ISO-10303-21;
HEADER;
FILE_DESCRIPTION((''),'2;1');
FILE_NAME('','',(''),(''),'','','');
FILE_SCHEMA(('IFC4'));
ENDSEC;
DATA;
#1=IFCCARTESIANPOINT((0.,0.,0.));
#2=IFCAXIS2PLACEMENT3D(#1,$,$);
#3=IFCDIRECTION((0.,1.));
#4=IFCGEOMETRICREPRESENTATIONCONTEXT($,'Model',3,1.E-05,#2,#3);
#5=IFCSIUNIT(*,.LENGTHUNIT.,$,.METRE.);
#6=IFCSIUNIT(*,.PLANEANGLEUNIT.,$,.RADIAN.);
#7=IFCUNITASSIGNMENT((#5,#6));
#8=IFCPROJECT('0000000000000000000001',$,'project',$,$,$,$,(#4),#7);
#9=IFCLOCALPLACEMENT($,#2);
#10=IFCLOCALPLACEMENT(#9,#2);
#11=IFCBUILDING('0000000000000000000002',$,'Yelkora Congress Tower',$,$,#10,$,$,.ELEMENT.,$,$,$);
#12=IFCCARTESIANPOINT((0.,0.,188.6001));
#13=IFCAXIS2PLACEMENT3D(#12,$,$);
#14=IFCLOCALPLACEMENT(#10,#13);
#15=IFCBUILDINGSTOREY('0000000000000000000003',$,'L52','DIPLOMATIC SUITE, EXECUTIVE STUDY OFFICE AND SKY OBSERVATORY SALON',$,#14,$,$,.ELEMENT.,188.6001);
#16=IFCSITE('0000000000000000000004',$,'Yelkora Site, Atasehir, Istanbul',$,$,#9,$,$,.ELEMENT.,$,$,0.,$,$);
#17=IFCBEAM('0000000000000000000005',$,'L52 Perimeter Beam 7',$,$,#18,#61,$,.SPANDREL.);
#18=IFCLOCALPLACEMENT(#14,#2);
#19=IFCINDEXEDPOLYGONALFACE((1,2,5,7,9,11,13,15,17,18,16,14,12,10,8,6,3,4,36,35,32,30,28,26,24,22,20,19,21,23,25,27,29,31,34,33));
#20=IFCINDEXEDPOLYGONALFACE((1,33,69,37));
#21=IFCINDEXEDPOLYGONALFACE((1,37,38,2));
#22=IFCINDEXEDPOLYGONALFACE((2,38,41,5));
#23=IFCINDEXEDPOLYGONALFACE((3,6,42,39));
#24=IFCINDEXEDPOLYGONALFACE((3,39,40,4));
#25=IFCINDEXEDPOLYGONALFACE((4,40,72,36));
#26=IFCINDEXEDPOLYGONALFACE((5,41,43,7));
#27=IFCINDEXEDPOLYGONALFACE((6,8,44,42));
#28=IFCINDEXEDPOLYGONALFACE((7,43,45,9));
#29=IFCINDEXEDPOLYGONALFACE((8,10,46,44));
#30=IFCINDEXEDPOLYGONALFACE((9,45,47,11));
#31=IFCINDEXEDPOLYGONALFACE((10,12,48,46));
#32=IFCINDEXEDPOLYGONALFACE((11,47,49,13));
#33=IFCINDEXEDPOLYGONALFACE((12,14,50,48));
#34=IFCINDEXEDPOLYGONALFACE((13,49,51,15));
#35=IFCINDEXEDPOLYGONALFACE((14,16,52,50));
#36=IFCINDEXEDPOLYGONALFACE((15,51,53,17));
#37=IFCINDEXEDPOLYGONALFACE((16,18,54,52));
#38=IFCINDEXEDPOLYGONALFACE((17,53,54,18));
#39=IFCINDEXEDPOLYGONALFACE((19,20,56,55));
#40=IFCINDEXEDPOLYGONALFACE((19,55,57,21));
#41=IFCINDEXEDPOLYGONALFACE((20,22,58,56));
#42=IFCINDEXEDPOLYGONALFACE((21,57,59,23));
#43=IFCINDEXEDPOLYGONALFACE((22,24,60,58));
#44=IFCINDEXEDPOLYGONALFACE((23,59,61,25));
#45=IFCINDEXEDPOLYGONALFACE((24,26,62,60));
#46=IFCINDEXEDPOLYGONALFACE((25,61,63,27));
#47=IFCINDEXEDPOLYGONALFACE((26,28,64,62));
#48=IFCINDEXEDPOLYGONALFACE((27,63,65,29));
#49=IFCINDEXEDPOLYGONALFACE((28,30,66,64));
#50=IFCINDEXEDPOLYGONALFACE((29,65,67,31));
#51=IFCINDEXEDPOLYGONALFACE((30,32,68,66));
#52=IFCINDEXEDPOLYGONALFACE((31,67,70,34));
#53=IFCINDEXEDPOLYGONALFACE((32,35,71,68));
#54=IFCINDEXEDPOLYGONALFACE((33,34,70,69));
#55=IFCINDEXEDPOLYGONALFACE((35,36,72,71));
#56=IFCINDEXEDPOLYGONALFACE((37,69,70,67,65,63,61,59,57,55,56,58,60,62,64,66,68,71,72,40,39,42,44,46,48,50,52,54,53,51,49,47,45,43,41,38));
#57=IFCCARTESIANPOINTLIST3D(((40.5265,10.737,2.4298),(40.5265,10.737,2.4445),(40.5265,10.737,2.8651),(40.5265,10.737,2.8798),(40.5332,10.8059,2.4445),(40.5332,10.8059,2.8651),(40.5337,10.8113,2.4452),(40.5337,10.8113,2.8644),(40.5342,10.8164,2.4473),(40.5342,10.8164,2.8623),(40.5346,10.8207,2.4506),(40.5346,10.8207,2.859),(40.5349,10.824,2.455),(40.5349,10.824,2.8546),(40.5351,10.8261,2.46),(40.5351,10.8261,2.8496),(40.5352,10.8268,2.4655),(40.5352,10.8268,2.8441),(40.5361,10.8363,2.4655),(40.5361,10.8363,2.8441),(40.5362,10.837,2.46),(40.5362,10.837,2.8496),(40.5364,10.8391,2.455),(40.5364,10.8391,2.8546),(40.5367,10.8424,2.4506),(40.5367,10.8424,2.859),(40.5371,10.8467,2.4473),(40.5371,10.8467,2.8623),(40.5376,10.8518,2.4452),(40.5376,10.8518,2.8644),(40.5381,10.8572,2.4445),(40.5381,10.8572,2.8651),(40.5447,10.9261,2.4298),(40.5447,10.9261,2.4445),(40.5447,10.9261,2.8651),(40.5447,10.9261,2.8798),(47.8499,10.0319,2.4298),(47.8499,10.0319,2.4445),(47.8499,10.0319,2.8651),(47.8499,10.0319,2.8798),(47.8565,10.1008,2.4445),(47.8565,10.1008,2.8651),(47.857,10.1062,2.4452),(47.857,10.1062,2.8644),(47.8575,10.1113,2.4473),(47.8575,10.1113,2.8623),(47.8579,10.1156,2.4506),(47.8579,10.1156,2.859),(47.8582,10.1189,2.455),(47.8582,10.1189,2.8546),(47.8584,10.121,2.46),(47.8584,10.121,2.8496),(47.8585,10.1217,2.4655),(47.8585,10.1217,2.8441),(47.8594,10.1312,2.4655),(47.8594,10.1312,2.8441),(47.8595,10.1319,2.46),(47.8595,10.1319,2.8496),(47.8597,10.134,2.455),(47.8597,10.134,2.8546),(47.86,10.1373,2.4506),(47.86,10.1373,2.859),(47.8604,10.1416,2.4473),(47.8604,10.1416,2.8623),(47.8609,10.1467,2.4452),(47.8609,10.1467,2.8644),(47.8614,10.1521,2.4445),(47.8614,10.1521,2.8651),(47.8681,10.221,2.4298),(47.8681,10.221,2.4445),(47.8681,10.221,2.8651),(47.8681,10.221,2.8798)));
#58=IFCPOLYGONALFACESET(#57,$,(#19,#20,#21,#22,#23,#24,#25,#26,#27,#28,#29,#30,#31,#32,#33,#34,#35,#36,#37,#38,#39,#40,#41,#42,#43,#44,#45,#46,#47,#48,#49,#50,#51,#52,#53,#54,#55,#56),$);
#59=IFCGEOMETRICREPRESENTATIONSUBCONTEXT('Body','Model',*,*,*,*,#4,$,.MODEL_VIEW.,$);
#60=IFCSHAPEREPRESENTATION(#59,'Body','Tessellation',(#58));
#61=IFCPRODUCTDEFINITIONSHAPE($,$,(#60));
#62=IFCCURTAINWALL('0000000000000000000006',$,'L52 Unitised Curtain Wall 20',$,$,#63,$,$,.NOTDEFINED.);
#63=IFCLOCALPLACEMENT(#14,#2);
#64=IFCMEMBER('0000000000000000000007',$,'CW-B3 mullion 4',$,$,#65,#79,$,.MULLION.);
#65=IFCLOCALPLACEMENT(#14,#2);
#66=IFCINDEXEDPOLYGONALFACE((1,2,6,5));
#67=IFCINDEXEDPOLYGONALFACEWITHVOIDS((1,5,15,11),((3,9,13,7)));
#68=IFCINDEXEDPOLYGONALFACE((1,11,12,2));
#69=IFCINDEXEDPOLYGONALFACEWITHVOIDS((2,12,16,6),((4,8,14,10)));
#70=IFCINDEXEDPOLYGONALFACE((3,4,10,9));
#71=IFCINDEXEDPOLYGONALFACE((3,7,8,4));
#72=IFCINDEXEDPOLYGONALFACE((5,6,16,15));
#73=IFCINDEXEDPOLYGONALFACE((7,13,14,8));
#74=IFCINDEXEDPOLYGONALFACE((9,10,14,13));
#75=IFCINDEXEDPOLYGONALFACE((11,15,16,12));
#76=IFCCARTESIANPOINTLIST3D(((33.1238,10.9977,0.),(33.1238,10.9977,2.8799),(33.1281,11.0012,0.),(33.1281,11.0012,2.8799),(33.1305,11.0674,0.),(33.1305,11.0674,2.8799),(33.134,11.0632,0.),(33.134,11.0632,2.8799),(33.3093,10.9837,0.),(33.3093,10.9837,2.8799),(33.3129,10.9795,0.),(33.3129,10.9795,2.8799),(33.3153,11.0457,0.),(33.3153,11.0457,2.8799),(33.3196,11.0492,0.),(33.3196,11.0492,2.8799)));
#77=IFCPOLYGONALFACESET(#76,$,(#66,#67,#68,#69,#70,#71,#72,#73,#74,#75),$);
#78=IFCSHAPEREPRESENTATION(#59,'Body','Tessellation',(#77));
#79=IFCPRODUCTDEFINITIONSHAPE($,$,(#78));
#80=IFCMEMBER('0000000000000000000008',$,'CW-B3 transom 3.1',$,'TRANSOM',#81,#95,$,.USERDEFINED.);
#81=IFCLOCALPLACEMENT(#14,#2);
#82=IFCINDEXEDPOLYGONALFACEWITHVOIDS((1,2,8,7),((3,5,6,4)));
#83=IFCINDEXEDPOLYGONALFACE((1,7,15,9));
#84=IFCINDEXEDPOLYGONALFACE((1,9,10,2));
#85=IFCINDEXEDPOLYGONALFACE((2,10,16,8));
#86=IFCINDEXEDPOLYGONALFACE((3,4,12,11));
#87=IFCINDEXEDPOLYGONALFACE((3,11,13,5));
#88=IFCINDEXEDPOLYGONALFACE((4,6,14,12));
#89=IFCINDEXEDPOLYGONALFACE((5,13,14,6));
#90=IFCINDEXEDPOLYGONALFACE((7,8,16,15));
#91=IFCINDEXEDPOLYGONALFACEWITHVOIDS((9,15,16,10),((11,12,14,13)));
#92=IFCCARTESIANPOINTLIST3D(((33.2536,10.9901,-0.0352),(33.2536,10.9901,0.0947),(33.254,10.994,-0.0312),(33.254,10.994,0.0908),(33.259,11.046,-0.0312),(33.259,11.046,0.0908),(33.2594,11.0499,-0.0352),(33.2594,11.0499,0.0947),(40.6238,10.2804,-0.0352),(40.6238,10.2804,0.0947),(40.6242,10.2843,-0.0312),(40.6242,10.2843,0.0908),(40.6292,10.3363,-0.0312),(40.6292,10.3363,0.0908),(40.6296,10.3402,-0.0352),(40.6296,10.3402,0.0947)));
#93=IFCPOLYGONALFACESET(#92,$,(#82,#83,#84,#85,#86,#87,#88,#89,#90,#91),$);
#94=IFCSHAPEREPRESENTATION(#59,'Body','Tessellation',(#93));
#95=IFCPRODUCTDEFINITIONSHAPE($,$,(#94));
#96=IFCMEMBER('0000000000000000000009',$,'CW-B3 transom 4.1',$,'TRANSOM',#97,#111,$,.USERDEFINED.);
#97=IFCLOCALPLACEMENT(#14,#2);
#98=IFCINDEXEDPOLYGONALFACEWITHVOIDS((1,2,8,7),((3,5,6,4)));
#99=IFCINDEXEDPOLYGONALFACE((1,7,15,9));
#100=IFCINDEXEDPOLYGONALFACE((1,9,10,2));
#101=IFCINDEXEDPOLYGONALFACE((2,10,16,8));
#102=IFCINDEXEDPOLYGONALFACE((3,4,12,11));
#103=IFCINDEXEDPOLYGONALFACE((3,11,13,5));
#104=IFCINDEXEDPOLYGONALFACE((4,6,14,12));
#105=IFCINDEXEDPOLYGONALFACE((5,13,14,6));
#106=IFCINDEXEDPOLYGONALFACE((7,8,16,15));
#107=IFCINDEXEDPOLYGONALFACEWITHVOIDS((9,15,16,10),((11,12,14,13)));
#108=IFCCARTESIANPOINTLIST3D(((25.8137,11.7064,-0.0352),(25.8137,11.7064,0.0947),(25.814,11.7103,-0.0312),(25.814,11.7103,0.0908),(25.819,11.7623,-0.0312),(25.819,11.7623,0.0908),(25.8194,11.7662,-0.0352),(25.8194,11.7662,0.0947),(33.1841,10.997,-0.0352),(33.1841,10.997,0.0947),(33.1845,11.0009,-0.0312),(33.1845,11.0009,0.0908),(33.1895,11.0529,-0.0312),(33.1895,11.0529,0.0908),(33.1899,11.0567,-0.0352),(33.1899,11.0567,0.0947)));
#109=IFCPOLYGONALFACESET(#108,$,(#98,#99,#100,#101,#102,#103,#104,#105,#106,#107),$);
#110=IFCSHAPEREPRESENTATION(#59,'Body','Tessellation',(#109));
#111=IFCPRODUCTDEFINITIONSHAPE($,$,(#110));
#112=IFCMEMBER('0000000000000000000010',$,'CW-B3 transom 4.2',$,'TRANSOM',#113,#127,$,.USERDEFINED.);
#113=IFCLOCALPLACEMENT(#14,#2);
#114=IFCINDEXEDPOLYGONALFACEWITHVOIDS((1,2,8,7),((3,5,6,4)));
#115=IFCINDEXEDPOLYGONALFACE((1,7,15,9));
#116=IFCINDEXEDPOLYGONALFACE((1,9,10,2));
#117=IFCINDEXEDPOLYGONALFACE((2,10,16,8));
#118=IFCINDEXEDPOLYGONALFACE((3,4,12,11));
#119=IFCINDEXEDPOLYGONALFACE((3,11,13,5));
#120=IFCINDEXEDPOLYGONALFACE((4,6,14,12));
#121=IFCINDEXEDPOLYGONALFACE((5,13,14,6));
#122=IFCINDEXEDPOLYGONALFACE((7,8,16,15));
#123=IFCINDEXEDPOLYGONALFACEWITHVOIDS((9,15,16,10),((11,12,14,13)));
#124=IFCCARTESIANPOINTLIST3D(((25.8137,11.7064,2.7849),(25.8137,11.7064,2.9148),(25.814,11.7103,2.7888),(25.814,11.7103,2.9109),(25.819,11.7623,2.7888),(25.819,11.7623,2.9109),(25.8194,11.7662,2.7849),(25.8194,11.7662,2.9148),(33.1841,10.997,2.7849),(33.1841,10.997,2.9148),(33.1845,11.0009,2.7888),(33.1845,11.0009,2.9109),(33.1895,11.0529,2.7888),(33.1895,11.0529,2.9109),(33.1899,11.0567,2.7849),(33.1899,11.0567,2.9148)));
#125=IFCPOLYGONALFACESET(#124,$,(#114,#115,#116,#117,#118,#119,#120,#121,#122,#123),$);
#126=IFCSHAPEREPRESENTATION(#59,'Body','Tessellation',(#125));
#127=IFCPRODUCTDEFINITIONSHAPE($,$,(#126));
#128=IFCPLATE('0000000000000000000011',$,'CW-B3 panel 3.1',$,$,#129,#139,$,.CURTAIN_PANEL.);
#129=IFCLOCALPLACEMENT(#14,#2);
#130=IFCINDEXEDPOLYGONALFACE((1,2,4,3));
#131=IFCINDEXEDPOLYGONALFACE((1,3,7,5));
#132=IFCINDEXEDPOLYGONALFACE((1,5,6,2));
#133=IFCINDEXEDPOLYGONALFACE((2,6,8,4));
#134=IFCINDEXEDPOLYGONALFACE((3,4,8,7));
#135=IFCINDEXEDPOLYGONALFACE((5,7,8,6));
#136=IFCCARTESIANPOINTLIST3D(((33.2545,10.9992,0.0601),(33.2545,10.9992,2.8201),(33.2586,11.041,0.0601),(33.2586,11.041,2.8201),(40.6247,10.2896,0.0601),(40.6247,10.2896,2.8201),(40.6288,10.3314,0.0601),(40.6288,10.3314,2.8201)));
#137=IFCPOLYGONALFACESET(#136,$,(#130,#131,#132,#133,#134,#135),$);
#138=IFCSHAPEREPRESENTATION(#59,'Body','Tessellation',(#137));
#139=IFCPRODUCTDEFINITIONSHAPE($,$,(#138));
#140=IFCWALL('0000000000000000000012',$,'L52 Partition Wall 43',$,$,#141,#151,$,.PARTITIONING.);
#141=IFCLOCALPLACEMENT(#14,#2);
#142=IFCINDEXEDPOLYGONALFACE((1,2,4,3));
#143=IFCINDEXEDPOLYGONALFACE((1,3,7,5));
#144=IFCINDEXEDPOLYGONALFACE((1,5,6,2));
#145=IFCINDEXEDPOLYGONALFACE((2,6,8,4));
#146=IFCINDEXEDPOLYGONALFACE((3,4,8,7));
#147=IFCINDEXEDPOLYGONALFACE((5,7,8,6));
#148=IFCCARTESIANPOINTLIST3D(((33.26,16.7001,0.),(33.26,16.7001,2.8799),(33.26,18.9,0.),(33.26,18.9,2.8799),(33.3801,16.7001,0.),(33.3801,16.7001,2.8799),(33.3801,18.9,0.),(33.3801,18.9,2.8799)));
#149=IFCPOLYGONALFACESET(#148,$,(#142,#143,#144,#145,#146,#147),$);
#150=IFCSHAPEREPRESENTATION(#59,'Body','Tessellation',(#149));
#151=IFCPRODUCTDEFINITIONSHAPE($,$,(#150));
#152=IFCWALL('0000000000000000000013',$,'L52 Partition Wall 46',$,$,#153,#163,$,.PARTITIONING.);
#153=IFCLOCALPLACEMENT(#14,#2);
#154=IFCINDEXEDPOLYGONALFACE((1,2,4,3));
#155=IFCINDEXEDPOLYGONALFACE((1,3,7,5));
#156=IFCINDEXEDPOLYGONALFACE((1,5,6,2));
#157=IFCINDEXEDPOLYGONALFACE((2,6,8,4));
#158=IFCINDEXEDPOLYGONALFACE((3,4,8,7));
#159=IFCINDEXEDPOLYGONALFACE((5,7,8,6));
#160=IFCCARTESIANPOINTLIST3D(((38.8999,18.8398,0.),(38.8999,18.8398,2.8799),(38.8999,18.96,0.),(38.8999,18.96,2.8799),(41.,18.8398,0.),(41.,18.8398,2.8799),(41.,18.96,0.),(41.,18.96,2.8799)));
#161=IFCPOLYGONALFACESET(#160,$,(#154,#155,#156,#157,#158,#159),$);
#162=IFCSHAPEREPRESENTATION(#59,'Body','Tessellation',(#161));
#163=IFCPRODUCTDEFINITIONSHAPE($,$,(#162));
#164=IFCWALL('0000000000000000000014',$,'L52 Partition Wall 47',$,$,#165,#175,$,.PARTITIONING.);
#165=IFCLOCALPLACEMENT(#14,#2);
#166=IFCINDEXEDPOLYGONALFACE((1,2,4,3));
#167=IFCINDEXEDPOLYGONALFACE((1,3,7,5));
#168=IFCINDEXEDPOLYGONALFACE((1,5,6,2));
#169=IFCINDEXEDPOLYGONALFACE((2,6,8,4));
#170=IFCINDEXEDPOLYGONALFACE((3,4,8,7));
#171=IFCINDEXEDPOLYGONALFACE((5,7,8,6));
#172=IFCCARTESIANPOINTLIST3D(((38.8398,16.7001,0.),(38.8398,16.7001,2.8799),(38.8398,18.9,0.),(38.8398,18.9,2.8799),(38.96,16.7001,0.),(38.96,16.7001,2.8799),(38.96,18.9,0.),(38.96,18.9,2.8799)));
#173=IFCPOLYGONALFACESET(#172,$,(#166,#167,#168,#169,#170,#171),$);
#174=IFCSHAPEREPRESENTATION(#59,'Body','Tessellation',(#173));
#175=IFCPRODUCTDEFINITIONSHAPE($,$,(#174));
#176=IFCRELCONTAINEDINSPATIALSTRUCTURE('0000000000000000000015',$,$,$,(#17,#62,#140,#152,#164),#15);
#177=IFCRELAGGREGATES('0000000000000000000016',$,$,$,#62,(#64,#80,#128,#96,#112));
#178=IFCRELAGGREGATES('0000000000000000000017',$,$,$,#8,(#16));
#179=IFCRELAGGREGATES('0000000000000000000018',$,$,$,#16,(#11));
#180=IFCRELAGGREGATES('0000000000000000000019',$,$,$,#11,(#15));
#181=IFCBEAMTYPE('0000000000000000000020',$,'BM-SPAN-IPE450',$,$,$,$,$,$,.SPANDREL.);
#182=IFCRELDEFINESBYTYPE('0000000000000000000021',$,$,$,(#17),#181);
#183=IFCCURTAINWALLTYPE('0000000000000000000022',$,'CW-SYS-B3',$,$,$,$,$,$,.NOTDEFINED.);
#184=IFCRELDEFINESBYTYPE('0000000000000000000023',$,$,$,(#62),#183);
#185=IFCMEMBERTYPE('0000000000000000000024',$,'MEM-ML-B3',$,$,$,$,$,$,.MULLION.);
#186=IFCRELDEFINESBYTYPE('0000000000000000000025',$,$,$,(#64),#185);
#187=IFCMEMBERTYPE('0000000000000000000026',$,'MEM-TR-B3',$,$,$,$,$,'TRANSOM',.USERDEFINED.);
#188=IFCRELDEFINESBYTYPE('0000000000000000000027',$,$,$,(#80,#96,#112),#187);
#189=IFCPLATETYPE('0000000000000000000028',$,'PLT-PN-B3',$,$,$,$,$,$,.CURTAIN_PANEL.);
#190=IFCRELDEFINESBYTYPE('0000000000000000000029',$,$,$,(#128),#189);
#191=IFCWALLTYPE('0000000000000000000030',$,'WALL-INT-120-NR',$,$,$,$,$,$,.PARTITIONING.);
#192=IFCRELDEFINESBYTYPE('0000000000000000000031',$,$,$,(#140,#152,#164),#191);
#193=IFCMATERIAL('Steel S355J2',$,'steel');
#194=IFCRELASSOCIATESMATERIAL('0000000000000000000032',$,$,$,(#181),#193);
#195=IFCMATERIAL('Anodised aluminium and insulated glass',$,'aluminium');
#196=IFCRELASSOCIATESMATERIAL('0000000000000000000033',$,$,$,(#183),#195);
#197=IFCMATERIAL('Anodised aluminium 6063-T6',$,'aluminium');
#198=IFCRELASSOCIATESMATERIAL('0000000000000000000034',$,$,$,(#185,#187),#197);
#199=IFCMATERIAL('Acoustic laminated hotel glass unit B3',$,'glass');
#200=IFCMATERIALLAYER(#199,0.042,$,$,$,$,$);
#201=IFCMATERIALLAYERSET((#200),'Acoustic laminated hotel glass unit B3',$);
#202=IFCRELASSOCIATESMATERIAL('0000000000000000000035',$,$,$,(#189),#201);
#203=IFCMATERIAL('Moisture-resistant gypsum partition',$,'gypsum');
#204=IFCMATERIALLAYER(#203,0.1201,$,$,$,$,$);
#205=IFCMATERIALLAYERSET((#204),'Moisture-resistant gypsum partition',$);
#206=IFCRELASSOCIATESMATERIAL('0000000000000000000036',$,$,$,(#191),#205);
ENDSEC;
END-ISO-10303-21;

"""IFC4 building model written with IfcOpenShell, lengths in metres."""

from ifc_helpers import new_model, si_unit, direction, frame, frame_2d, origin, origin_2d, place, context, subcontext, project, spatial, rectangle, hollow_rectangle, i_section, extrude, material, layer, layer_set, material_profile, profile_set, type_object, element, aggregate, save


model = new_model("IFC4")

# Units and contexts
model_context = context("Model", 3, precision=1e-05, world=origin(), true_north=direction((0.0, 1.0)))
body_context = subcontext(model_context, "Body", "Model", "MODEL_VIEW")
ifc_project = project(units=[si_unit("LENGTHUNIT", "METRE"), si_unit("PLANEANGLEUNIT", "RADIAN")], contexts=[model_context])

# Site, building, storey
site_placement = place(None, origin())
site = spatial("IfcSite", under=ifc_project, at=site_placement, Name="Yelkora Site, Atasehir, Istanbul", CompositionType="ELEMENT", RefElevation=0.0)
building_placement = place(site_placement, origin())
building = spatial("IfcBuilding", under=site, at=building_placement, Name="Yelkora Congress Tower", CompositionType="ELEMENT")
storey_placement = place(building_placement, frame((0.0, 0.0, 188.6001)))
storey = spatial("IfcBuildingStorey", under=building, at=storey_placement, Name="L52", Description="DIPLOMATIC SUITE, EXECUTIVE STUDY OFFICE AND SKY OBSERVATORY SALON", CompositionType="ELEMENT", Elevation=188.6001)

# Beam
ifc_material_1 = material(Name="Steel S355J2", Category="steel")
ifc_material_profile_1 = material_profile(ifc_material_1, i_section(OverallWidth=0.1899, OverallDepth=0.45, WebThickness=0.0095, FlangeThickness=0.0146, FilletRadius=0.021, at=origin_2d()), Name="IPE 450")
ifc_profile_set_1 = profile_set([ifc_material_profile_1], Name="Steel S355J2")
beam_type_1 = type_object("IfcBeamType", Name="BM-SPAN-IPE450", PredefinedType="SPANDREL", material=ifc_profile_set_1)
for number, where, z_axis, x_axis, name in (
    (1, (40.5356, 10.8315, 2.6548), (0.995397, -0.095836, 0.0), (0.095836, 0.995397, 0.0), "L52 Perimeter Beam 7"),
):
    element("IfcBeam", number, at=place(storey_placement, frame(where, z_axis=z_axis, x_axis=x_axis)), inside=storey, type_object=beam_type_1, Name=name, PredefinedType="SPANDREL", context=body_context, shape_type="SweptSolid", body=[
        extrude(i_section(OverallWidth=0.1899, OverallDepth=0.45, WebThickness=0.0095, FlangeThickness=0.0146, FilletRadius=0.021, at=origin_2d()), origin(), (0.0, 0.0, 1.0), 7.3572),
    ])

# Curtain wall, members, plate
ifc_material_2 = material(Name="Anodised aluminium and insulated glass", Category="aluminium")
curtain_wall_type = type_object("IfcCurtainWallType", Name="CW-SYS-B3", PredefinedType="NOTDEFINED", material=ifc_material_2)
curtain_wall_placement = place(storey_placement, origin())
curtain_wall = element("IfcCurtainWall", 2, at=curtain_wall_placement, inside=storey, type_object=curtain_wall_type, Name="L52 Unitised Curtain Wall 20", PredefinedType="NOTDEFINED")
ifc_material_3 = material(Name="Anodised aluminium 6063-T6", Category="aluminium")
ifc_material_profile_2 = material_profile(ifc_material_3, hollow_rectangle(XDim=0.0701, YDim=0.1899, WallThickness=0.0039, at=origin_2d()), Name="ALU 70x190x4")
ifc_profile_set_2 = profile_set([ifc_material_profile_2], Name="Anodised aluminium 6063-T6")
member_type_1 = type_object("IfcMemberType", Name="MEM-ML-B3", PredefinedType="MULLION", material=ifc_profile_set_2)
member_1_placement = place(storey_placement, frame((33.2217, 11.0234, 0.0), z_axis=(0.0, 0.0, 1.0), x_axis=(-0.095845, -0.995396, 0.0)))
member_1 = element("IfcMember", 3, at=member_1_placement, type_object=member_type_1, Name="CW-B3 mullion 4", PredefinedType="MULLION", context=body_context, shape_type="SweptSolid", body=[
    extrude(hollow_rectangle(XDim=0.0701, YDim=0.1899, WallThickness=0.0039, at=origin_2d()), origin(), (0.0, 0.0, 1.0), 2.8799),
])
ifc_material_profile_3 = material_profile(ifc_material_3, hollow_rectangle(XDim=0.0601, YDim=0.1299, WallThickness=0.0039, at=origin_2d()), Name="ALU 60x130x4")
ifc_profile_set_3 = profile_set([ifc_material_profile_3], Name="Anodised aluminium 6063-T6")
member_type_2 = type_object("IfcMemberType", Name="MEM-TR-B3", ElementType="TRANSOM", PredefinedType="USERDEFINED", material=ifc_profile_set_3)
member_2_placement = place(storey_placement, frame((40.6267, 10.3103, 0.0298), z_axis=(-0.995395, 0.095853, 0.0), x_axis=(-0.095853, -0.995395, 0.0)))
member_2 = element("IfcMember", 4, at=member_2_placement, type_object=member_type_2, Name="CW-B3 transom 3.1", ObjectType="TRANSOM", PredefinedType="USERDEFINED", context=body_context, shape_type="SweptSolid", body=[
    extrude(hollow_rectangle(XDim=0.0601, YDim=0.1299, WallThickness=0.0039, at=origin_2d()), origin(), (0.0, 0.0, 1.0), 7.4043),
])
member_3_placement = place(storey_placement, frame((33.187, 11.0269, 0.0298), z_axis=(-0.995399, 0.095817, 0.0), x_axis=(-0.095817, -0.995399, 0.0)))
member_3 = element("IfcMember", 5, at=member_3_placement, type_object=member_type_2, Name="CW-B3 transom 4.1", ObjectType="TRANSOM", PredefinedType="USERDEFINED", context=body_context, shape_type="SweptSolid", body=[
    extrude(hollow_rectangle(XDim=0.0601, YDim=0.1299, WallThickness=0.0039, at=origin_2d()), origin(), (0.0, 0.0, 1.0), 7.4045),
])
member_4_placement = place(storey_placement, frame((33.187, 11.0269, 2.8499), z_axis=(-0.995399, 0.095817, 0.0), x_axis=(-0.095817, -0.995399, 0.0)))
member_4 = element("IfcMember", 6, at=member_4_placement, type_object=member_type_2, Name="CW-B3 transom 4.2", ObjectType="TRANSOM", PredefinedType="USERDEFINED", context=body_context, shape_type="SweptSolid", body=[
    extrude(hollow_rectangle(XDim=0.0601, YDim=0.1299, WallThickness=0.0039, at=origin_2d()), origin(), (0.0, 0.0, 1.0), 7.4045),
])
ifc_material_4 = material(Name="Acoustic laminated hotel glass unit B3", Category="glass")
ifc_layer_1 = layer(ifc_material_4, 0.042)
ifc_layer_set_1 = layer_set([ifc_layer_1], Name="Acoustic laminated hotel glass unit B3")
plate_type = type_object("IfcPlateType", Name="PLT-PN-B3", PredefinedType="CURTAIN_PANEL", material=ifc_layer_set_1)
plate_placement = place(storey_placement, frame((36.9417, 10.6653, 0.0601), z_axis=(0.0, 0.0, 1.0), x_axis=(-0.995396, 0.095845, 0.0)))
plate = element("IfcPlate", 7, at=plate_placement, type_object=plate_type, Name="CW-B3 panel 3.1", PredefinedType="CURTAIN_PANEL", context=body_context, shape_type="SweptSolid", body=[
    extrude(rectangle(XDim=7.4043, YDim=0.042, at=origin_2d()), origin(), (0.0, 0.0, 1.0), 2.76),
])
aggregate(curtain_wall, [member_1, member_2, plate, member_3, member_4])

# Walls
ifc_material_5 = material(Name="Moisture-resistant gypsum partition", Category="gypsum")
ifc_layer_2 = layer(ifc_material_5, 0.1201)
ifc_layer_set_2 = layer_set([ifc_layer_2], Name="Moisture-resistant gypsum partition")
wall_type_1 = type_object("IfcWallType", Name="WALL-INT-120-NR", PredefinedType="PARTITIONING", material=ifc_layer_set_2)
wall_1_placement = place(storey_placement, frame((33.3201, 16.7, 0.0), z_axis=(0.0, 0.0, 1.0), x_axis=(0.0, 1.0, 0.0)))
element("IfcWall", 8, at=wall_1_placement, inside=storey, type_object=wall_type_1, Name="L52 Partition Wall 43", PredefinedType="PARTITIONING", context=body_context, shape_type="SweptSolid", body=[
    extrude(rectangle(XDim=2.2, YDim=0.1201, at=frame_2d((1.1001, 0.0))), origin(), (0.0, 0.0, 1.0), 2.8799),
])
wall_2_placement = place(storey_placement, frame((38.8999, 18.8999, 0.0), z_axis=(0.0, 0.0, 1.0), x_axis=(1.0, 0.0, 0.0)))
element("IfcWall", 9, at=wall_2_placement, inside=storey, type_object=wall_type_1, Name="L52 Partition Wall 46", PredefinedType="PARTITIONING", context=body_context, shape_type="SweptSolid", body=[
    extrude(rectangle(XDim=2.1001, YDim=0.1201, at=frame_2d((1.05, 0.0))), origin(), (0.0, 0.0, 1.0), 2.8799),
])
wall_3_placement = place(storey_placement, frame((38.8999, 16.7, 0.0), z_axis=(0.0, 0.0, 1.0), x_axis=(0.0, 1.0, 0.0)))
element("IfcWall", 10, at=wall_3_placement, inside=storey, type_object=wall_type_1, Name="L52 Partition Wall 47", PredefinedType="PARTITIONING", context=body_context, shape_type="SweptSolid", body=[
    extrude(rectangle(XDim=2.2, YDim=0.1201, at=frame_2d((1.1001, 0.0))), origin(), (0.0, 0.0, 1.0), 2.8799),
])

save(model, "model.ifc")
